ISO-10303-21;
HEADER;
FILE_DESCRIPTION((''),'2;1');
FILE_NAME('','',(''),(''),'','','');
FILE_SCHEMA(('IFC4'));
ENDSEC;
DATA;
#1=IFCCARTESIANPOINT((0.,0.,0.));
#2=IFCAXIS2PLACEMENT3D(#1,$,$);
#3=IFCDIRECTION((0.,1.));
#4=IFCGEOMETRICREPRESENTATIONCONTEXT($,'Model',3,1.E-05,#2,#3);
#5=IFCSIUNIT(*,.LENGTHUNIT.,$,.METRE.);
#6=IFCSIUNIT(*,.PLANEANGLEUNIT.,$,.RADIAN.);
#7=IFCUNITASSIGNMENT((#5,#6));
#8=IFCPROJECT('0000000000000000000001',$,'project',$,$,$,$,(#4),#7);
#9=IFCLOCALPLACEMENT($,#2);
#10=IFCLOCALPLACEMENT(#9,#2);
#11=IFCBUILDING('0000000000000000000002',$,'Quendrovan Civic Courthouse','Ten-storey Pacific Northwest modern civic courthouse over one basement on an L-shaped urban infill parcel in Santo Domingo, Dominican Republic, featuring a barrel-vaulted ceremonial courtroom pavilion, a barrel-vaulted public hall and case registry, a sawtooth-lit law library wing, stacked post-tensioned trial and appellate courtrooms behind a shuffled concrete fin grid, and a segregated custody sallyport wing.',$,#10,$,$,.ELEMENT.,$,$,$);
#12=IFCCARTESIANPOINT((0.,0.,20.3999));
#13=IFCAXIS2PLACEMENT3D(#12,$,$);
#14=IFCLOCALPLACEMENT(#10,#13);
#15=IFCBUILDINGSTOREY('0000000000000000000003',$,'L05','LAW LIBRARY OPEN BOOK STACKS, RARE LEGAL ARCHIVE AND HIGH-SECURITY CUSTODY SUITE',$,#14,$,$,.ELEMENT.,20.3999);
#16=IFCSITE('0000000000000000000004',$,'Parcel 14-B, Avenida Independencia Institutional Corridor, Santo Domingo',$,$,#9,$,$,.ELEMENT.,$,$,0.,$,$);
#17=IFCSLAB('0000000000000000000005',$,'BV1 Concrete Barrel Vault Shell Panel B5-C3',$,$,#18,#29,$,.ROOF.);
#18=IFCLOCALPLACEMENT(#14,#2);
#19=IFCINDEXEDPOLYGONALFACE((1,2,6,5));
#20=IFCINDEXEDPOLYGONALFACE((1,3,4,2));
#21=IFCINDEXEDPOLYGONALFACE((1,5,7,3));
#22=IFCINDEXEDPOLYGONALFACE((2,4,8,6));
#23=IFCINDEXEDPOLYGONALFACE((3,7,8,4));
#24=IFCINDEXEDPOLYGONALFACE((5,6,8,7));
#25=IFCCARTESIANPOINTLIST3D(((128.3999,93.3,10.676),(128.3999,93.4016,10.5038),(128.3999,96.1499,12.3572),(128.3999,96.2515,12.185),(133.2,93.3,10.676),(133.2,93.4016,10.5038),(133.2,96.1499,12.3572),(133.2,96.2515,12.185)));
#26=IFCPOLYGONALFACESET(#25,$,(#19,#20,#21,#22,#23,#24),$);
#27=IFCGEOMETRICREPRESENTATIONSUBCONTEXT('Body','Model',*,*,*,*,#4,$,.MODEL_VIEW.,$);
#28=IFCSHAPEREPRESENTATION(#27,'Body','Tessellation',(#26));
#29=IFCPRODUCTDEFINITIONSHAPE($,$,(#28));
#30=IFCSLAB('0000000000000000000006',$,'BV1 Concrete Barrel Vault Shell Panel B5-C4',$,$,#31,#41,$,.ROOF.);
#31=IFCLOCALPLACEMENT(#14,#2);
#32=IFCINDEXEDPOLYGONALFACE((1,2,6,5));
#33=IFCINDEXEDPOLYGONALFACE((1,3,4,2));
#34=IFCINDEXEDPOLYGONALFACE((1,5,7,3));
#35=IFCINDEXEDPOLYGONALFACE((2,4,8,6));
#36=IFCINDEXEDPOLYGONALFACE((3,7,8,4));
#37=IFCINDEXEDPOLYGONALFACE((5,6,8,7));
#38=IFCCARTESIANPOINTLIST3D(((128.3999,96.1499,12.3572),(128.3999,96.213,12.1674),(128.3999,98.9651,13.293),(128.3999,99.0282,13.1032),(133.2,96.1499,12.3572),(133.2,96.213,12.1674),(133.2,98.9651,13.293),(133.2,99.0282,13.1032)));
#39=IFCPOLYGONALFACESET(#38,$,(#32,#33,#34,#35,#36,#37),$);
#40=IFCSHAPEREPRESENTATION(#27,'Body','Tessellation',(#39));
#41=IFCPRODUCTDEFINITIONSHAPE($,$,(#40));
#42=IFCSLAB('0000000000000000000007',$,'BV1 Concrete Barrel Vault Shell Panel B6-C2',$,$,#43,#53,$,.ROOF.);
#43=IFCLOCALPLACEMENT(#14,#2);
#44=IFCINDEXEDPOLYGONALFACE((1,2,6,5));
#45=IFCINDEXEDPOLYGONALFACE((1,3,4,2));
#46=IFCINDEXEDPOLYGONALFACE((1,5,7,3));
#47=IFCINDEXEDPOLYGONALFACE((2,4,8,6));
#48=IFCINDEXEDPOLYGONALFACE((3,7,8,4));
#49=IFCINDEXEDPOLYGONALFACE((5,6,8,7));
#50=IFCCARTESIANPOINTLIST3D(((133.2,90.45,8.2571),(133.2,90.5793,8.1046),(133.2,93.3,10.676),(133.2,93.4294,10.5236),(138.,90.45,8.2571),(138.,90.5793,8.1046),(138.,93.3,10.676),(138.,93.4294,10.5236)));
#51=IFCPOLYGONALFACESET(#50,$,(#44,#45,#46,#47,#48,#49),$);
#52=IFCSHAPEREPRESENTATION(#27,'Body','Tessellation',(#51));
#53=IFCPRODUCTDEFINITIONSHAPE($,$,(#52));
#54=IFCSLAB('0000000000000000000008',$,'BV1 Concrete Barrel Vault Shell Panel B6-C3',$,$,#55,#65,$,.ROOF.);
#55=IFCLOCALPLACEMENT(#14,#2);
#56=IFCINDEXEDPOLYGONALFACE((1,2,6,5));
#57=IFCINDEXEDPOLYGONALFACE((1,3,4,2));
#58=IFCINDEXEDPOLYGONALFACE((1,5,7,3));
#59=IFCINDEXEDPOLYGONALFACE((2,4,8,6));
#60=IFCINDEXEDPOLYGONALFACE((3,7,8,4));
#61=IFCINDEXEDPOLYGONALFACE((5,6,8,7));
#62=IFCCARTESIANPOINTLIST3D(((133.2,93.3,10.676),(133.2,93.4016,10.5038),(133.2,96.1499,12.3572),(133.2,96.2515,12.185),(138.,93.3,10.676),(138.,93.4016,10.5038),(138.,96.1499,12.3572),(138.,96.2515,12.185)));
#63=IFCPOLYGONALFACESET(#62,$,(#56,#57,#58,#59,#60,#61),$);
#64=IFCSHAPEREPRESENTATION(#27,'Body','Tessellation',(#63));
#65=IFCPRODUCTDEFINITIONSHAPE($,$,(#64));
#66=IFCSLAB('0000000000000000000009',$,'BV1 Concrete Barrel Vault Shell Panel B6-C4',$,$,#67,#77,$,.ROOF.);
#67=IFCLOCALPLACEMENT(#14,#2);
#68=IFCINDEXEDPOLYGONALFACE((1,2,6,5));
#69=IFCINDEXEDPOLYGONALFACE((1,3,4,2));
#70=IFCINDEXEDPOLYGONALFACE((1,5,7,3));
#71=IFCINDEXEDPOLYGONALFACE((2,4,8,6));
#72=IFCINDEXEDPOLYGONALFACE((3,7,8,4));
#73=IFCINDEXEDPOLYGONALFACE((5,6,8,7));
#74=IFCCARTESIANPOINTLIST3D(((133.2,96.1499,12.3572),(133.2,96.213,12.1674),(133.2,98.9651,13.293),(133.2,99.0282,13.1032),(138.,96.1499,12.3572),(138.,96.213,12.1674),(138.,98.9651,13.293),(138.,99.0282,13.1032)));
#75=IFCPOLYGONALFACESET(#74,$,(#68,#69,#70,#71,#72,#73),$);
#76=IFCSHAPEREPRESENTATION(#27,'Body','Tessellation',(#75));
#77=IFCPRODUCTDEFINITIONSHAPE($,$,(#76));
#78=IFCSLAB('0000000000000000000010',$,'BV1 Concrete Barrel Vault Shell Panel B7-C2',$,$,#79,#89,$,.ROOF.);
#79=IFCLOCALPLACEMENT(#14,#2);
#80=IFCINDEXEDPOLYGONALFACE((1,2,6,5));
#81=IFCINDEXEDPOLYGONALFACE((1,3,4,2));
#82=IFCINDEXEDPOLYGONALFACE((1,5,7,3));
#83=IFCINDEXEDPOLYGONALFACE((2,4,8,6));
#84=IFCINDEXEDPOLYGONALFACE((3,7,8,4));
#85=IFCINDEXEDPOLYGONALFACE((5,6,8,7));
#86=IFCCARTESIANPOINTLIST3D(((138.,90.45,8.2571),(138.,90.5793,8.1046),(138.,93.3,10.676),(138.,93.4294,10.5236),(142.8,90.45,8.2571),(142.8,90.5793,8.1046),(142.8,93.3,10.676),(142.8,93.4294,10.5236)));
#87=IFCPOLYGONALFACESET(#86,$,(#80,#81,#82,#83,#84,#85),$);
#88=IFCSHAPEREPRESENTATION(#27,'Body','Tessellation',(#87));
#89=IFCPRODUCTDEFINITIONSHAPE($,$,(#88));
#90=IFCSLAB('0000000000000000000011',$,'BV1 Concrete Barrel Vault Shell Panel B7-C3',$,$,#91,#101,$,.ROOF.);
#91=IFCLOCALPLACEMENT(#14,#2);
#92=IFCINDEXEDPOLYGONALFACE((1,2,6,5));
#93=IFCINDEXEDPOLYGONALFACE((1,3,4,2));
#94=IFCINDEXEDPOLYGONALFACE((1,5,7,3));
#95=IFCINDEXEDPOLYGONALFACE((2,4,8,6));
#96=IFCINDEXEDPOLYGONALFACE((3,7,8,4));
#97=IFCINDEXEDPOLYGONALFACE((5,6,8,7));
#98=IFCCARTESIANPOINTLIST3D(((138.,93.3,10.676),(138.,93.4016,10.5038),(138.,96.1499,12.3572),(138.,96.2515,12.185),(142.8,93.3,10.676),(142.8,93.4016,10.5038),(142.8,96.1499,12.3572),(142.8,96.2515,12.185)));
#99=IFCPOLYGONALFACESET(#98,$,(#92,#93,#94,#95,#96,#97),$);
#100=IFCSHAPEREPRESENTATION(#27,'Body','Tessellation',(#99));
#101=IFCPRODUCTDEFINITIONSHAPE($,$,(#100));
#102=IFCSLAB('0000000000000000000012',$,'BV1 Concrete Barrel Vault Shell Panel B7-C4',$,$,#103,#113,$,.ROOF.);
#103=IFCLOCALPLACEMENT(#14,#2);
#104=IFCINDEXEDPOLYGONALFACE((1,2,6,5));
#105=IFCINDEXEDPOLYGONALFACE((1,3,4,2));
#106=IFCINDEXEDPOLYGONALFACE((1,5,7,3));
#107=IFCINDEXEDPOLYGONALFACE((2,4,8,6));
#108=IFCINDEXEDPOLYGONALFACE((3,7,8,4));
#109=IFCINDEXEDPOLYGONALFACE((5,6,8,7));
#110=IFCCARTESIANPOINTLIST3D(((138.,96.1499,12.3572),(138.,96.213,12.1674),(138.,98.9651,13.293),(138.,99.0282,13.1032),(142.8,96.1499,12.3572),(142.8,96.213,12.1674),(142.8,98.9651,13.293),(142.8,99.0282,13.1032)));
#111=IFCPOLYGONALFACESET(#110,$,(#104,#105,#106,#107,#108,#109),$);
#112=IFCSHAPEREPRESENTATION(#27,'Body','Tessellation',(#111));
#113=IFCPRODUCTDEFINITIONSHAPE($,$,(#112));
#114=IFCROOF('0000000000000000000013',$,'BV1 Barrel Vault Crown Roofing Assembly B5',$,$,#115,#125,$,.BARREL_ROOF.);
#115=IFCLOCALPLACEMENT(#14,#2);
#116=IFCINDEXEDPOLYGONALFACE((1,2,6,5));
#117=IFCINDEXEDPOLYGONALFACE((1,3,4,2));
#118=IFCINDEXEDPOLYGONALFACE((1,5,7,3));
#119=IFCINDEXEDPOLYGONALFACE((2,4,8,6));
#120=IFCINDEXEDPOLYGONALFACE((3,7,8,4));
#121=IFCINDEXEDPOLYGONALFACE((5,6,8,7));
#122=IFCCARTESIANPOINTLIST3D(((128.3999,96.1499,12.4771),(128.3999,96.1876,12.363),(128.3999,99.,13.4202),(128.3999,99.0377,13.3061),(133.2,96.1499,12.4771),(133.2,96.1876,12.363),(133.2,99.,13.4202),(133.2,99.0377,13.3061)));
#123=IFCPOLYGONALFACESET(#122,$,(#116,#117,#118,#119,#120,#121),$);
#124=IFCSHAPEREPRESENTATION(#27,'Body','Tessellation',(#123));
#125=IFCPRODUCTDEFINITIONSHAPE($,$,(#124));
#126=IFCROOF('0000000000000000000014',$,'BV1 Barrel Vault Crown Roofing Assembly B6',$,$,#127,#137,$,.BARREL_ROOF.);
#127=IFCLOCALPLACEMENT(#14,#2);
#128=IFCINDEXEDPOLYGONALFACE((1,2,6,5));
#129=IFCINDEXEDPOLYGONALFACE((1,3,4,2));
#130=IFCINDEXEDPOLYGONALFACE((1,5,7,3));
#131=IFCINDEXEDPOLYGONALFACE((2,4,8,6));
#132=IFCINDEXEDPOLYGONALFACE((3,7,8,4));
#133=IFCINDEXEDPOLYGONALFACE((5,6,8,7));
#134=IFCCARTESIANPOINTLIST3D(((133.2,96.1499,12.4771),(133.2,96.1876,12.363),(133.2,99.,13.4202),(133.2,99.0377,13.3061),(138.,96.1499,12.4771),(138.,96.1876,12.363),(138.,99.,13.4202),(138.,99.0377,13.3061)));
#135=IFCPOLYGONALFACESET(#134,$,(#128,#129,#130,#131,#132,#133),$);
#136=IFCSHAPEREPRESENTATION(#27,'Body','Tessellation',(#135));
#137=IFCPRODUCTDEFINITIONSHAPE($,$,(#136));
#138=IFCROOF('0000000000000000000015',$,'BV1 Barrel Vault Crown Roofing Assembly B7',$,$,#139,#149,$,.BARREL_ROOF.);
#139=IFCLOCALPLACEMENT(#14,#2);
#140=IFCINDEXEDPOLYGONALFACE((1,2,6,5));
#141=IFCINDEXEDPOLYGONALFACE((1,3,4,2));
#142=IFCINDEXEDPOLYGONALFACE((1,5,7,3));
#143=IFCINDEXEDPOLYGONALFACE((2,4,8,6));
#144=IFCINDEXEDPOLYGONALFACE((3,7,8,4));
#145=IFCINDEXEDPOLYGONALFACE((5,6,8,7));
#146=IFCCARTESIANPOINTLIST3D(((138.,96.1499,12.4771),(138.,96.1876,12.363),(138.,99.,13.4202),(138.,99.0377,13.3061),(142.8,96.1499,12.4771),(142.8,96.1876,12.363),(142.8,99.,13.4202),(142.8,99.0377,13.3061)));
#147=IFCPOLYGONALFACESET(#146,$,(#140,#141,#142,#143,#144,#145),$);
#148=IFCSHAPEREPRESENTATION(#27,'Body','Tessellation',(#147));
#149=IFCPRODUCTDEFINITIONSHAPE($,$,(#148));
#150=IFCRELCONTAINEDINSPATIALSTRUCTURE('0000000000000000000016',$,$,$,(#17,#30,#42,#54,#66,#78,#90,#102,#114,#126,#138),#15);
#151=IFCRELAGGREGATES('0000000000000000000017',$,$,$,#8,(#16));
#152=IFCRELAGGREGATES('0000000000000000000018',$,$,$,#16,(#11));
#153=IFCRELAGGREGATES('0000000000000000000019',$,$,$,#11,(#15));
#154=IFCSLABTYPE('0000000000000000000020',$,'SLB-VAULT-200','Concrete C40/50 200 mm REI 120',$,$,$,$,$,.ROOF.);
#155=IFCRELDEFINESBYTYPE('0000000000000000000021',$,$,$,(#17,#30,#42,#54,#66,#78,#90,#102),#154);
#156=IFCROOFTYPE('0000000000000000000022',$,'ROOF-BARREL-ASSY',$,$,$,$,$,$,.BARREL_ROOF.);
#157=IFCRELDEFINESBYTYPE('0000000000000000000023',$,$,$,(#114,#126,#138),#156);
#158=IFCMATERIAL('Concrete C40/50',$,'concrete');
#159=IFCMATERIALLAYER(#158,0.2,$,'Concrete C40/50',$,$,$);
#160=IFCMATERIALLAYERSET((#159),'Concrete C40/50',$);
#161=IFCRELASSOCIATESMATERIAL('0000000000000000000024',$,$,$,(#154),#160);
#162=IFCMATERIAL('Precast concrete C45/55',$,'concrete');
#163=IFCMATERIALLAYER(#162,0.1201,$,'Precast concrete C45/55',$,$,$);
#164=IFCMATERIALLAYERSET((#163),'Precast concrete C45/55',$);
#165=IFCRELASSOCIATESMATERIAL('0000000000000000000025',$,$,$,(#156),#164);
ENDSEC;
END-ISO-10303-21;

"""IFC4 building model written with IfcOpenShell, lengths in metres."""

from ifc_helpers import new_model, si_unit, direction, frame, origin, place, context, subcontext, project, spatial, polyline, outline, extrude, material, layer, layer_set, type_object, element, save


model = new_model("IFC4")

# Units and contexts
model_context = context("Model", 3, precision=1e-05, world=origin(), true_north=direction((0.0, 1.0)))
body_context = subcontext(model_context, "Body", "Model", "MODEL_VIEW")
ifc_project = project(units=[si_unit("LENGTHUNIT", "METRE"), si_unit("PLANEANGLEUNIT", "RADIAN")], contexts=[model_context])

# Site, building, storey
site_placement = place(None, origin())
site = spatial("IfcSite", under=ifc_project, at=site_placement, Name="Parcel 14-B, Avenida Independencia Institutional Corridor, Santo Domingo", CompositionType="ELEMENT", RefElevation=0.0)
building_placement = place(site_placement, origin())
building = spatial("IfcBuilding", under=site, at=building_placement, Name="Quendrovan Civic Courthouse", Description="Ten-storey Pacific Northwest modern civic courthouse over one basement on an L-shaped urban infill parcel in Santo Domingo, Dominican Republic, featuring a barrel-vaulted ceremonial courtroom pavilion, a barrel-vaulted public hall and case registry, a sawtooth-lit law library wing, stacked post-tensioned trial and appellate courtrooms behind a shuffled concrete fin grid, and a segregated custody sallyport wing.", CompositionType="ELEMENT")
storey_placement = place(building_placement, frame((0.0, 0.0, 20.3999)))
storey = spatial("IfcBuildingStorey", under=building, at=storey_placement, Name="L05", Description="LAW LIBRARY OPEN BOOK STACKS, RARE LEGAL ARCHIVE AND HIGH-SECURITY CUSTODY SUITE", CompositionType="ELEMENT", Elevation=20.3999)

# Shared definitions
ifc_material_1 = material(Name="Concrete C40/50", Category="concrete")

# Slabs
ifc_layer_1 = layer(ifc_material_1, 0.2, Name="Concrete C40/50")
ifc_layer_set_1 = layer_set([ifc_layer_1], Name="Concrete C40/50")
slab_type = type_object("IfcSlabType", Name="SLB-VAULT-200", Description="Concrete C40/50 200 mm REI 120", PredefinedType="ROOF", material=ifc_layer_set_1)
slab_1_placement = place(storey_placement, frame((128.3999, 93.3, 10.676), z_axis=(0.0, -0.50809, 0.861304), x_axis=(1.0, 0.0, 0.0)))
element("IfcSlab", 1, at=slab_1_placement, inside=storey, type_object=slab_type, Name="BV1 Concrete Barrel Vault Shell Panel B5-C3", PredefinedType="ROOF", context=body_context, shape_type="SweptSolid", body=[
    extrude(outline(polyline([(0.0, 0.0), (4.8, 0.0), (4.8, 3.3088), (0.0, 3.3088), (0.0, 0.0)])), origin(), (0.0, 0.0, -1.0), 0.2),
])
slab_2_placement = place(storey_placement, frame((128.3999, 96.1499, 12.3572), z_axis=(0.0, -0.315438, 0.948946), x_axis=(1.0, 0.0, 0.0)))
element("IfcSlab", 2, at=slab_2_placement, inside=storey, type_object=slab_type, Name="BV1 Concrete Barrel Vault Shell Panel B5-C4", PredefinedType="ROOF", context=body_context, shape_type="SweptSolid", body=[
    extrude(outline(polyline([(0.0, 0.0), (4.8, 0.0), (4.8, 2.9666), (0.0, 2.9666), (0.0, 0.0)])), origin(), (0.0, 0.0, -1.0), 0.2),
])
slab_3_placement = place(storey_placement, frame((133.2, 90.45, 8.2571), z_axis=(0.0, -0.647083, 0.762419), x_axis=(1.0, 0.0, 0.0)))
element("IfcSlab", 3, at=slab_3_placement, inside=storey, type_object=slab_type, Name="BV1 Concrete Barrel Vault Shell Panel B6-C2", PredefinedType="ROOF", context=body_context, shape_type="SweptSolid", body=[
    extrude(outline(polyline([(0.0, 0.0), (4.8, 0.0), (4.8, 3.7382), (0.0, 3.7382), (0.0, 0.0)])), origin(), (0.0, 0.0, -1.0), 0.2),
])
slab_4_placement = place(storey_placement, frame((133.2, 93.3, 10.676), z_axis=(0.0, -0.50809, 0.861304), x_axis=(1.0, 0.0, 0.0)))
element("IfcSlab", 4, at=slab_4_placement, inside=storey, type_object=slab_type, Name="BV1 Concrete Barrel Vault Shell Panel B6-C3", PredefinedType="ROOF", context=body_context, shape_type="SweptSolid", body=[
    extrude(outline(polyline([(0.0, 0.0), (4.8, 0.0), (4.8, 3.3088), (0.0, 3.3088), (0.0, 0.0)])), origin(), (0.0, 0.0, -1.0), 0.2),
])
slab_5_placement = place(storey_placement, frame((133.2, 96.1499, 12.3572), z_axis=(0.0, -0.315438, 0.948946), x_axis=(1.0, 0.0, 0.0)))
element("IfcSlab", 5, at=slab_5_placement, inside=storey, type_object=slab_type, Name="BV1 Concrete Barrel Vault Shell Panel B6-C4", PredefinedType="ROOF", context=body_context, shape_type="SweptSolid", body=[
    extrude(outline(polyline([(0.0, 0.0), (4.8, 0.0), (4.8, 2.9666), (0.0, 2.9666), (0.0, 0.0)])), origin(), (0.0, 0.0, -1.0), 0.2),
])
slab_6_placement = place(storey_placement, frame((138.0, 90.45, 8.2571), z_axis=(0.0, -0.647083, 0.762419), x_axis=(1.0, 0.0, 0.0)))
element("IfcSlab", 6, at=slab_6_placement, inside=storey, type_object=slab_type, Name="BV1 Concrete Barrel Vault Shell Panel B7-C2", PredefinedType="ROOF", context=body_context, shape_type="SweptSolid", body=[
    extrude(outline(polyline([(0.0, 0.0), (4.8, 0.0), (4.8, 3.7382), (0.0, 3.7382), (0.0, 0.0)])), origin(), (0.0, 0.0, -1.0), 0.2),
])
slab_7_placement = place(storey_placement, frame((138.0, 93.3, 10.676), z_axis=(0.0, -0.50809, 0.861304), x_axis=(1.0, 0.0, 0.0)))
element("IfcSlab", 7, at=slab_7_placement, inside=storey, type_object=slab_type, Name="BV1 Concrete Barrel Vault Shell Panel B7-C3", PredefinedType="ROOF", context=body_context, shape_type="SweptSolid", body=[
    extrude(outline(polyline([(0.0, 0.0), (4.8, 0.0), (4.8, 3.3088), (0.0, 3.3088), (0.0, 0.0)])), origin(), (0.0, 0.0, -1.0), 0.2),
])
slab_8_placement = place(storey_placement, frame((138.0, 96.1499, 12.3572), z_axis=(0.0, -0.315438, 0.948946), x_axis=(1.0, 0.0, 0.0)))
element("IfcSlab", 8, at=slab_8_placement, inside=storey, type_object=slab_type, Name="BV1 Concrete Barrel Vault Shell Panel B7-C4", PredefinedType="ROOF", context=body_context, shape_type="SweptSolid", body=[
    extrude(outline(polyline([(0.0, 0.0), (4.8, 0.0), (4.8, 2.9666), (0.0, 2.9666), (0.0, 0.0)])), origin(), (0.0, 0.0, -1.0), 0.2),
])

# Roofs
ifc_material_2 = material(Name="Precast concrete C45/55", Category="concrete")
ifc_layer_2 = layer(ifc_material_2, 0.1201, Name="Precast concrete C45/55")
ifc_layer_set_2 = layer_set([ifc_layer_2], Name="Precast concrete C45/55")
roof_type = type_object("IfcRoofType", Name="ROOF-BARREL-ASSY", PredefinedType="BARREL_ROOF", material=ifc_layer_set_2)
for number, where, z_axis, x_axis, name in (
    (9, (128.3999, 96.1499, 12.4771), (0.0, -0.314153, 0.949372), (1.0, 0.0, 0.0), "BV1 Barrel Vault Crown Roofing Assembly B5"),
    (10, (133.2, 96.1499, 12.4771), (0.0, -0.314153, 0.949372), (1.0, 0.0, 0.0), "BV1 Barrel Vault Crown Roofing Assembly B6"),
    (11, (138.0, 96.1499, 12.4771), (0.0, -0.314153, 0.949372), (1.0, 0.0, 0.0), "BV1 Barrel Vault Crown Roofing Assembly B7"),
):
    element("IfcRoof", number, at=place(storey_placement, frame(where, z_axis=z_axis, x_axis=x_axis)), inside=storey, type_object=roof_type, Name=name, PredefinedType="BARREL_ROOF", context=body_context, shape_type="SweptSolid", body=[
        extrude(outline(polyline([(0.0, 0.0), (4.8, 0.0), (4.8, 3.0021), (0.0, 3.0021), (0.0, 0.0)])), origin(), (0.0, 0.0, -1.0), 0.1201),
    ])

save(model, "model.ifc")
